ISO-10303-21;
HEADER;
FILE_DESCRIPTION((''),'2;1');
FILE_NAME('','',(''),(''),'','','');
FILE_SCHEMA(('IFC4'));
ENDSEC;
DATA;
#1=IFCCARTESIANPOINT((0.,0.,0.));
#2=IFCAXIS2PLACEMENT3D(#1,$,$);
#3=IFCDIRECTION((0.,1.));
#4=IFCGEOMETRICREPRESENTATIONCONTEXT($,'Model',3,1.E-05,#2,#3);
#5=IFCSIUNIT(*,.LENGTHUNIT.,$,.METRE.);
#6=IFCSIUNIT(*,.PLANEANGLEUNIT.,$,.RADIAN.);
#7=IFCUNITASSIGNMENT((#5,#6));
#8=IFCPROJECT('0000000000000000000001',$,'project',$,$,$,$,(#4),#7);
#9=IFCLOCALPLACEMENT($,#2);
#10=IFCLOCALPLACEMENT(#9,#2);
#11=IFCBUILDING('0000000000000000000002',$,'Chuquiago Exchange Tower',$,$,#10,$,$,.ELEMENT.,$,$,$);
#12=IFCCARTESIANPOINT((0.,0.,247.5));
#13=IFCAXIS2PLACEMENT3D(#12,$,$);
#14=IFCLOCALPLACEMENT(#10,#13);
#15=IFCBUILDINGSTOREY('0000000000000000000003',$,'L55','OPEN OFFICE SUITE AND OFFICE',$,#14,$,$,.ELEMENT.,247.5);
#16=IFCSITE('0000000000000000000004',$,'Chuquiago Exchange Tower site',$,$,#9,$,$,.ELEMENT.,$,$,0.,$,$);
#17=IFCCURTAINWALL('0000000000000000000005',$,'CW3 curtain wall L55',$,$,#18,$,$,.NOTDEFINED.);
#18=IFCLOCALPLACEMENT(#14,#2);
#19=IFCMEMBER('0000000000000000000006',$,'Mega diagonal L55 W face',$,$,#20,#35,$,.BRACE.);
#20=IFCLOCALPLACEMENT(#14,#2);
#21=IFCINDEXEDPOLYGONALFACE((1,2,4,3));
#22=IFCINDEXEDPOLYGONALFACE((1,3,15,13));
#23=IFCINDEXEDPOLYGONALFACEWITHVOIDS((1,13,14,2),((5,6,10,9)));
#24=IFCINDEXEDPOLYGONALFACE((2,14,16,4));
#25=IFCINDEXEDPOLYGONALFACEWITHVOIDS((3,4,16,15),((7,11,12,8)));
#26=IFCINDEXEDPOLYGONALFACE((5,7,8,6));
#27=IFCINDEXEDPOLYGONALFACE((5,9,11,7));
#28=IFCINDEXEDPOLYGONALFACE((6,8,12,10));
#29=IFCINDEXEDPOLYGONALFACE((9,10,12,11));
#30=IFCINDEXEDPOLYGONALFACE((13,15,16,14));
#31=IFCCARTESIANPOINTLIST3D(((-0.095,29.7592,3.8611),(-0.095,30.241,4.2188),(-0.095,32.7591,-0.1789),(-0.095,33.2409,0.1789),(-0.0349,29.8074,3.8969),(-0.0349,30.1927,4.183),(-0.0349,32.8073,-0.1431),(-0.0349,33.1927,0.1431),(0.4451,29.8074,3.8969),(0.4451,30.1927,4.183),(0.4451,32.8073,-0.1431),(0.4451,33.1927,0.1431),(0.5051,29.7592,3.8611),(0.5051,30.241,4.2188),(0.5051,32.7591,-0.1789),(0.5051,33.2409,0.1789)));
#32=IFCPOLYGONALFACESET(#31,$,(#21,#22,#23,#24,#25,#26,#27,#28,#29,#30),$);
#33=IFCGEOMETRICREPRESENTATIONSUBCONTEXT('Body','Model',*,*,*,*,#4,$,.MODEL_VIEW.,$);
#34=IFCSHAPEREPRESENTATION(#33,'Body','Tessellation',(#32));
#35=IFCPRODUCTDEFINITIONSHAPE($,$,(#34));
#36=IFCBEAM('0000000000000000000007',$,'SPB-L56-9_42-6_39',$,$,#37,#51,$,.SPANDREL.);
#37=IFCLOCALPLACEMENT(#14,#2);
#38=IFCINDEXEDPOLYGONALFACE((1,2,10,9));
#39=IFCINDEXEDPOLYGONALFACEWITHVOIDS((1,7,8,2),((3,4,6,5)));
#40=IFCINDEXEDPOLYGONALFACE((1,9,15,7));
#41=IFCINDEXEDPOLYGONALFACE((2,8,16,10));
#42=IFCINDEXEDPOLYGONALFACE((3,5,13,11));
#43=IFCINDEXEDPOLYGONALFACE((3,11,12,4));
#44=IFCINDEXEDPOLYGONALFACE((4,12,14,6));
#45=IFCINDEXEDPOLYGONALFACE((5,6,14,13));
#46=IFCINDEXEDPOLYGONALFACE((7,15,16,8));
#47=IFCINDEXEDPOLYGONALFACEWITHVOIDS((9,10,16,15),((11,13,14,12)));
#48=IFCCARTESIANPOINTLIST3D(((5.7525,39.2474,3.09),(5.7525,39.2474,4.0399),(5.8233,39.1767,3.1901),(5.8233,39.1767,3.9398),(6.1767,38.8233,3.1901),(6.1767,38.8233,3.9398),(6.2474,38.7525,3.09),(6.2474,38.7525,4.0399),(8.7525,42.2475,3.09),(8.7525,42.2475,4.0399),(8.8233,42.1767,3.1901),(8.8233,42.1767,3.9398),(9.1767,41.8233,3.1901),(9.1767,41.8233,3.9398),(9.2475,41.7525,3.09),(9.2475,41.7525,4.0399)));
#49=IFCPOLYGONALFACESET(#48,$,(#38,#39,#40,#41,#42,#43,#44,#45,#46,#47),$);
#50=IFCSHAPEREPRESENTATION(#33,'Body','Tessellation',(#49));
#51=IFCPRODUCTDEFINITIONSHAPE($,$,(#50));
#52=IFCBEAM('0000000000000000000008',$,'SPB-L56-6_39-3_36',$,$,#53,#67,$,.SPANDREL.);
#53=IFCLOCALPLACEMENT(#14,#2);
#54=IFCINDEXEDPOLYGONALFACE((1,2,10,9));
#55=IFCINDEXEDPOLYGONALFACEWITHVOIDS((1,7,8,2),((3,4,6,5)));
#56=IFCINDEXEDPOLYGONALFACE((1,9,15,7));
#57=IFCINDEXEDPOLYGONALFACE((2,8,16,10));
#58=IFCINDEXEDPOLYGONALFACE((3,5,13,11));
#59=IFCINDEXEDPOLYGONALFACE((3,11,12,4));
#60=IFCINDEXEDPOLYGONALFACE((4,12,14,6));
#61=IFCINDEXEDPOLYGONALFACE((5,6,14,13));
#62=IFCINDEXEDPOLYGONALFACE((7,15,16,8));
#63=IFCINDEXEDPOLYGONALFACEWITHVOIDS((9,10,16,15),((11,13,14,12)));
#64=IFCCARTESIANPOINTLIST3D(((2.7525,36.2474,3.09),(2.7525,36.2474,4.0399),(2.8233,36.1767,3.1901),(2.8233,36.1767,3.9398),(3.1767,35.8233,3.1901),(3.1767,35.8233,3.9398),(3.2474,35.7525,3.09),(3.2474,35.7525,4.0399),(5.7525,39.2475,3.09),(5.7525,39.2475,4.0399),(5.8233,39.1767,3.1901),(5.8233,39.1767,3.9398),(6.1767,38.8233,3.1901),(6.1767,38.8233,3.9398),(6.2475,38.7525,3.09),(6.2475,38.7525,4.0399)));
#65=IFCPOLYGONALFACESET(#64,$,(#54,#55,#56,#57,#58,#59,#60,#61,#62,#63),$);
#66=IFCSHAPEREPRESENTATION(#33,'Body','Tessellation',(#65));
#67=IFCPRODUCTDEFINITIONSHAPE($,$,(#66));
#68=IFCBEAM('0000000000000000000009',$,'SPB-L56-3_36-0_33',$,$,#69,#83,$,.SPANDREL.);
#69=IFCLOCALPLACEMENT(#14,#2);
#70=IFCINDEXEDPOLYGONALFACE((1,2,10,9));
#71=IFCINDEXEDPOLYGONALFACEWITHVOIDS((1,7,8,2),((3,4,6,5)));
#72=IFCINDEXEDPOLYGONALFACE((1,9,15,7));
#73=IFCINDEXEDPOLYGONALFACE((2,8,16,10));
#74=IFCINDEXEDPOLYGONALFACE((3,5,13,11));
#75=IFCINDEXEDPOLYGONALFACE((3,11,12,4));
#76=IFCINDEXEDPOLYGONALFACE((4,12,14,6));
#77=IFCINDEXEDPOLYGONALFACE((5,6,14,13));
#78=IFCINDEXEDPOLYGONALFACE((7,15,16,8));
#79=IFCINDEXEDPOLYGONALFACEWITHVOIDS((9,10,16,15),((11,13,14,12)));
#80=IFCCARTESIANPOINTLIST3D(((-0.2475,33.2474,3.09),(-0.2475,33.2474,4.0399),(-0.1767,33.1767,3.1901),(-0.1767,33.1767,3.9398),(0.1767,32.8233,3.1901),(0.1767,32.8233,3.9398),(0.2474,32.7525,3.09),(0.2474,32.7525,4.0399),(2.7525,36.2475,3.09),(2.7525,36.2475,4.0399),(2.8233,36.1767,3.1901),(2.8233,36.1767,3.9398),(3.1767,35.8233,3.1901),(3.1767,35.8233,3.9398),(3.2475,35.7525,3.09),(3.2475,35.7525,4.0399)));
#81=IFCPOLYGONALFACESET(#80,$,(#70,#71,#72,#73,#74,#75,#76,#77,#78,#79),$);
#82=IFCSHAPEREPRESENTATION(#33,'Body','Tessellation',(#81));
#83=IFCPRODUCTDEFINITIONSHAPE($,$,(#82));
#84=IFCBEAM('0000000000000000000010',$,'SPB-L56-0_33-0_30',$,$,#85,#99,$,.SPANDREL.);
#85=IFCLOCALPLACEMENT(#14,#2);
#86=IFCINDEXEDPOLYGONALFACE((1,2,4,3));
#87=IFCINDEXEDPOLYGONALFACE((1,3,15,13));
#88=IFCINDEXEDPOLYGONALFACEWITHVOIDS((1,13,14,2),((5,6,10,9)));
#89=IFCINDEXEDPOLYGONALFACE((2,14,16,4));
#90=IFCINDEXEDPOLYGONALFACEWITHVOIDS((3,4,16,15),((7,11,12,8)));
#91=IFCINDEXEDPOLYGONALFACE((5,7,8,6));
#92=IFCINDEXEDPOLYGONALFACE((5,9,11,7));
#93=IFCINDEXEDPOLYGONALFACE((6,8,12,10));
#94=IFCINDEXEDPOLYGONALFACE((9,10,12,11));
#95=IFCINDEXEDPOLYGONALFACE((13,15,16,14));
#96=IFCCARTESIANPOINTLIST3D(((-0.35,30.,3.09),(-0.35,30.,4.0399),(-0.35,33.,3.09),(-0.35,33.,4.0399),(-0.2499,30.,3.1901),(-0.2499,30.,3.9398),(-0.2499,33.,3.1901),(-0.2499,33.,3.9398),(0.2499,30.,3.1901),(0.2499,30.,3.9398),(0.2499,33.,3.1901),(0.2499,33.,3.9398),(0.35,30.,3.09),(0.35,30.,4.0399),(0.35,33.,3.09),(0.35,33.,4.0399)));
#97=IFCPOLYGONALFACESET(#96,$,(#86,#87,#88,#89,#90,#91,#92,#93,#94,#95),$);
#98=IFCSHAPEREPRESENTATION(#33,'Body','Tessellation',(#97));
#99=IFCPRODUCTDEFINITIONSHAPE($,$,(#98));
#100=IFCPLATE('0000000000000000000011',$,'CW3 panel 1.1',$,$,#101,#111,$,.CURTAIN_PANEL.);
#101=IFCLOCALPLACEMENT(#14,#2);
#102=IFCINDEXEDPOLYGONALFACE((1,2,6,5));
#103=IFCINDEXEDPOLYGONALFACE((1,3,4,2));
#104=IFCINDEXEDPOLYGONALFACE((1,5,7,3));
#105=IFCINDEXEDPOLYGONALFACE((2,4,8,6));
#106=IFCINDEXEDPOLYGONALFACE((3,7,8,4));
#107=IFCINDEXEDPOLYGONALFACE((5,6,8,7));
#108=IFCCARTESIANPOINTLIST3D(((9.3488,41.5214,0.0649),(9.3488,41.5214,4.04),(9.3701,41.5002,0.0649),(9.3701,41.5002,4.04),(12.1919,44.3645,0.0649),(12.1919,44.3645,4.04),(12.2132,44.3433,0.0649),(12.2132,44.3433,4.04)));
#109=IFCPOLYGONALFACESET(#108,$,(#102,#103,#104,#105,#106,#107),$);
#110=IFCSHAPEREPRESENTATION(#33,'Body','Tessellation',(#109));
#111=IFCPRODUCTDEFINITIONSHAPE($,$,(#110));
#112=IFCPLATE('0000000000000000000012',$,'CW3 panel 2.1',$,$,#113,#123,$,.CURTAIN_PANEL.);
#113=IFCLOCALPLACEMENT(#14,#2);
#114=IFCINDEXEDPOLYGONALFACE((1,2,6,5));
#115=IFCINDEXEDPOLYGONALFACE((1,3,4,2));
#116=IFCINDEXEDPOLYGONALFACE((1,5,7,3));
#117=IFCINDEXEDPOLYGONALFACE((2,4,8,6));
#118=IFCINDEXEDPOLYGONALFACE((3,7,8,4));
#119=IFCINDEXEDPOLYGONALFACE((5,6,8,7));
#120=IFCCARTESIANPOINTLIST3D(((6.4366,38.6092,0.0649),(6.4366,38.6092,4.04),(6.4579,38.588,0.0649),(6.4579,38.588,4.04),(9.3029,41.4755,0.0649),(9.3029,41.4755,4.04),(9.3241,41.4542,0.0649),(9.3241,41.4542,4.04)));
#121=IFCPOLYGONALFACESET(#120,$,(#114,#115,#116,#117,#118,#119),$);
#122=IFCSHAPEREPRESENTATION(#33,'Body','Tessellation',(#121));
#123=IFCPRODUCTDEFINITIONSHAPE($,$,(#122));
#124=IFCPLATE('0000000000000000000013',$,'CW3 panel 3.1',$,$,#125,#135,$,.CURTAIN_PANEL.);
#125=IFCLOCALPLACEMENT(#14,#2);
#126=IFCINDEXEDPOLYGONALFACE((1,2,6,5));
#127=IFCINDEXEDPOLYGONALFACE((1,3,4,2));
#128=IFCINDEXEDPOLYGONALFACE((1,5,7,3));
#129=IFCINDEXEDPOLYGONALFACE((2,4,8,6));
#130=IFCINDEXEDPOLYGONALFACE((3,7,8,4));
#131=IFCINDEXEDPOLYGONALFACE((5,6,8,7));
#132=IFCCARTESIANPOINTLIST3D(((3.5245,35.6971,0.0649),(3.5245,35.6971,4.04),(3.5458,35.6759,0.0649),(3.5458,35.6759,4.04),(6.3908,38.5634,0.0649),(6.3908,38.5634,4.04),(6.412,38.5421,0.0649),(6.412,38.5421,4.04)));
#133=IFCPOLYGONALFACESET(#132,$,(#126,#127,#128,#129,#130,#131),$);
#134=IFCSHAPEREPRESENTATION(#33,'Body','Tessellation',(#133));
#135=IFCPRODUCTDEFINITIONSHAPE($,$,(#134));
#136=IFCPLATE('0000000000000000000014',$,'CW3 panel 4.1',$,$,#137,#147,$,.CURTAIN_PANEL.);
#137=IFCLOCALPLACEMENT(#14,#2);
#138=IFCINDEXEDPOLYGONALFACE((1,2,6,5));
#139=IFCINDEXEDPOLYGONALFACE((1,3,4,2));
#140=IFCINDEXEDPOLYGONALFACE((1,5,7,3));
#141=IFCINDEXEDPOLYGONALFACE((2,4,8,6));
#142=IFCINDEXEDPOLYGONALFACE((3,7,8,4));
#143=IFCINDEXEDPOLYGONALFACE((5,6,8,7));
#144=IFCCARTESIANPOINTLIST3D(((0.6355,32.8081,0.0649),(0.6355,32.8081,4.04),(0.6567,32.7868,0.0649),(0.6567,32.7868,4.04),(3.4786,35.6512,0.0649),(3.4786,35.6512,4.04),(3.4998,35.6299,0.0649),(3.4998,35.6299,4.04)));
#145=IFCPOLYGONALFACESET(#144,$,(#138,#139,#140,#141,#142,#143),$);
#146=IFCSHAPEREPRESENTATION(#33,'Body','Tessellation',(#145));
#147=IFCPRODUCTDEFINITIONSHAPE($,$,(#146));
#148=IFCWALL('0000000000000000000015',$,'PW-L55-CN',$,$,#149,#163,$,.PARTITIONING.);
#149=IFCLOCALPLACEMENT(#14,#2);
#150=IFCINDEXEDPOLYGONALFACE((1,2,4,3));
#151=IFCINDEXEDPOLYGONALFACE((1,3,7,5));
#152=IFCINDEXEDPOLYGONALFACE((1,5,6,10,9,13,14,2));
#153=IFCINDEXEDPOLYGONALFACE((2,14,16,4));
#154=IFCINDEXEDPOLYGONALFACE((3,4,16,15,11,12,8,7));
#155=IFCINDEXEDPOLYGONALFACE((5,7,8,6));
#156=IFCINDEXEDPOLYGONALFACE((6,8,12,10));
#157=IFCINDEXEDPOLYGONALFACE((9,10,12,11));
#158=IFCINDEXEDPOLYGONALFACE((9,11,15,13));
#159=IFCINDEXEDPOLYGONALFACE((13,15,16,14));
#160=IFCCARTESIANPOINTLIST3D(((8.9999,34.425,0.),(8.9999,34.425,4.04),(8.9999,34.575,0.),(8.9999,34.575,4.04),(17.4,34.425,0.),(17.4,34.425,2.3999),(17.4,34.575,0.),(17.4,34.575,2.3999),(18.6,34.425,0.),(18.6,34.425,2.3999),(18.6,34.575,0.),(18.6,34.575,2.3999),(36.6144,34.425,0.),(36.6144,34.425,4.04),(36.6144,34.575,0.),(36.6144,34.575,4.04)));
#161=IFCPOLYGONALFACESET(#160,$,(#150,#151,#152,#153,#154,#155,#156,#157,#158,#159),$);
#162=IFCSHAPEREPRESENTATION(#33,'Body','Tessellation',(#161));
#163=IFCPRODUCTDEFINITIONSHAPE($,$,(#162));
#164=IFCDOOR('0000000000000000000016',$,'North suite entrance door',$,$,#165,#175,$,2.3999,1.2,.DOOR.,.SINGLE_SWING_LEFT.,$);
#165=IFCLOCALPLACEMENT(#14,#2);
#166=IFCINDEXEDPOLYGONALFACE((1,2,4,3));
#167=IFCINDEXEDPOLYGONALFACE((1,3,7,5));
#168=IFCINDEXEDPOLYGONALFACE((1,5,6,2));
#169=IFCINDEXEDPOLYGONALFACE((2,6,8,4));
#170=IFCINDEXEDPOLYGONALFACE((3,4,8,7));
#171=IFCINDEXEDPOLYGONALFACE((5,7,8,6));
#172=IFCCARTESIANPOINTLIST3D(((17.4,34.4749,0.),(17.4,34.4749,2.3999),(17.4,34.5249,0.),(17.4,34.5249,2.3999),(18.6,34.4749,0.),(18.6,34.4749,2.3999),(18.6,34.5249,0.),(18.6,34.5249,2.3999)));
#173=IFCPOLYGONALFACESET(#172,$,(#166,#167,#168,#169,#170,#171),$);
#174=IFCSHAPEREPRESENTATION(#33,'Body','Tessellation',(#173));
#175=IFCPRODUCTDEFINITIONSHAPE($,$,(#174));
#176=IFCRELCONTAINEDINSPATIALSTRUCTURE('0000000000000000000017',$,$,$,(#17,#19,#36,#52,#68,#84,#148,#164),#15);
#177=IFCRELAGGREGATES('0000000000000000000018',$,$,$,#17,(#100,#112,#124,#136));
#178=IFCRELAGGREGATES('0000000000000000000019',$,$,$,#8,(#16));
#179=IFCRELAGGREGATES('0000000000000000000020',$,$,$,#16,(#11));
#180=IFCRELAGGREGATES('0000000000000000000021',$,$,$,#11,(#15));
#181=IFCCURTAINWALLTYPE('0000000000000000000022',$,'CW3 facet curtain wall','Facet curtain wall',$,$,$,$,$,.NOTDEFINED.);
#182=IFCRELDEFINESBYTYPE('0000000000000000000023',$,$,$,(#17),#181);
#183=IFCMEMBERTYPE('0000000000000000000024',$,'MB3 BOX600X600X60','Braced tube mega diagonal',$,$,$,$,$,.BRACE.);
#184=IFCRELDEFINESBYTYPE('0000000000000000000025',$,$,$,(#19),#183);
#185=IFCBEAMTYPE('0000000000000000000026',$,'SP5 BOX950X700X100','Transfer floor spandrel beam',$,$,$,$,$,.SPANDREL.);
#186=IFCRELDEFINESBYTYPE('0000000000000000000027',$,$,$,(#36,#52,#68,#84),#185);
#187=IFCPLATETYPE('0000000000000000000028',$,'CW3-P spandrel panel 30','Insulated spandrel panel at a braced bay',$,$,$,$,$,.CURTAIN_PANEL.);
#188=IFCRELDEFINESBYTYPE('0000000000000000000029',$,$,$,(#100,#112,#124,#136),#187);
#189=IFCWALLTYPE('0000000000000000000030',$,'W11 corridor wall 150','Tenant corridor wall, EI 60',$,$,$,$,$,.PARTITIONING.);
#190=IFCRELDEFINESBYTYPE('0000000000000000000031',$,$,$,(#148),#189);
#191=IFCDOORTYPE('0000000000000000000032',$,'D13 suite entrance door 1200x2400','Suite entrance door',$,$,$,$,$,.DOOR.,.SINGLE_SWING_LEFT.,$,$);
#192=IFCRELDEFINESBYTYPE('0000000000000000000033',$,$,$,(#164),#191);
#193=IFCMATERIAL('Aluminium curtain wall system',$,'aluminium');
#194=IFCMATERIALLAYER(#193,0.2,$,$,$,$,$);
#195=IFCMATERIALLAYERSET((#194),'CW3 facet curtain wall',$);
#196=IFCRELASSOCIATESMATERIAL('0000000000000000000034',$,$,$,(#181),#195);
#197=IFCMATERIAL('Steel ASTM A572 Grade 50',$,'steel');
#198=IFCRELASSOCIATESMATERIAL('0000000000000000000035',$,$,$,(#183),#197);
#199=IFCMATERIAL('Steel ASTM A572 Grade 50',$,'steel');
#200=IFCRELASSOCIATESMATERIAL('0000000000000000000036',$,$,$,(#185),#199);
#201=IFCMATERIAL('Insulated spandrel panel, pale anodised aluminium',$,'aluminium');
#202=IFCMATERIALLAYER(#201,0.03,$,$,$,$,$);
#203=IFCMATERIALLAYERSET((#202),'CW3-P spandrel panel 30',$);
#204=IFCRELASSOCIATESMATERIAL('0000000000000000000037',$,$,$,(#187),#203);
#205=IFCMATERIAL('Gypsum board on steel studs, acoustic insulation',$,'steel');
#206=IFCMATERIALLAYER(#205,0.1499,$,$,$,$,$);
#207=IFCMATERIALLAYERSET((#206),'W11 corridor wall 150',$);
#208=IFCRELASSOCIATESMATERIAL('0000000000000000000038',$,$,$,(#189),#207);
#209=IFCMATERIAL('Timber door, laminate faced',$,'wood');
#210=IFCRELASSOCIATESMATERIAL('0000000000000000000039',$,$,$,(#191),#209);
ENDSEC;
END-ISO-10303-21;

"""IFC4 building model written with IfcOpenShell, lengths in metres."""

from ifc_helpers import new_model, si_unit, direction, frame, frame_2d, origin, origin_2d, place, context, subcontext, project, spatial, rectangle, hollow_rectangle, extrude, material, layer, layer_set, material_profile, profile_set, type_object, element, fill, aggregate, save


model = new_model("IFC4")

# Units and contexts
model_context = context("Model", 3, precision=1e-05, world=origin(), true_north=direction((0.0, 1.0)))
body_context = subcontext(model_context, "Body", "Model", "MODEL_VIEW")
ifc_project = project(units=[si_unit("LENGTHUNIT", "METRE"), si_unit("PLANEANGLEUNIT", "RADIAN")], contexts=[model_context])

# Site, building, storey
site_placement = place(None, origin())
site = spatial("IfcSite", under=ifc_project, at=site_placement, Name="Chuquiago Exchange Tower site", CompositionType="ELEMENT", RefElevation=0.0)
building_placement = place(site_placement, origin())
building = spatial("IfcBuilding", under=site, at=building_placement, Name="Chuquiago Exchange Tower", CompositionType="ELEMENT")
storey_placement = place(building_placement, frame((0.0, 0.0, 247.5)))
storey = spatial("IfcBuildingStorey", under=building, at=storey_placement, Name="L55", Description="OPEN OFFICE SUITE AND OFFICE", CompositionType="ELEMENT", Elevation=247.5)

# Curtain wall
ifc_material_1 = material(Name="Aluminium curtain wall system", Category="aluminium")
ifc_layer_1 = layer(ifc_material_1, 0.2)
ifc_layer_set_1 = layer_set([ifc_layer_1], Name="CW3 facet curtain wall")
curtain_wall_type = type_object("IfcCurtainWallType", Name="CW3 facet curtain wall", Description="Facet curtain wall", PredefinedType="NOTDEFINED", material=ifc_layer_set_1)
curtain_wall_placement = place(storey_placement, origin())
curtain_wall = element("IfcCurtainWall", 1, at=curtain_wall_placement, inside=storey, type_object=curtain_wall_type, Name="CW3 curtain wall L55", PredefinedType="NOTDEFINED")

# Member
ifc_material_2 = material(Name="Steel ASTM A572 Grade 50", Category="steel")
ifc_material_profile_1 = material_profile(ifc_material_2, hollow_rectangle(XDim=0.6001, YDim=0.6001, WallThickness=0.0601, at=origin_2d()), Name="BOX600X600X60")
ifc_profile_set_1 = profile_set([ifc_material_profile_1], Name="Steel ASTM A572 Grade 50")
member_type_1 = type_object("IfcMemberType", Name="MB3 BOX600X600X60", Description="Braced tube mega diagonal", PredefinedType="BRACE", material=ifc_profile_set_1)
member_1_placement = place(storey_placement, frame((0.2051, 33.0, 0.0), z_axis=(0.0, -0.596174, 0.802855), x_axis=(1.0, 0.0, 0.0)))
element("IfcMember", 2, at=member_1_placement, inside=storey, type_object=member_type_1, Name="Mega diagonal L55 W face", PredefinedType="BRACE", context=body_context, shape_type="SweptSolid", body=[
    extrude(hollow_rectangle(XDim=0.6001, YDim=0.6001, WallThickness=0.0601, at=origin_2d()), origin(), (0.0, 0.0, 1.0), 5.032),
])

# Beams
ifc_material_3 = material(Name="Steel ASTM A572 Grade 50", Category="steel")
ifc_material_profile_2 = material_profile(ifc_material_3, hollow_rectangle(XDim=0.7, YDim=0.95, WallThickness=0.1001, at=origin_2d()), Name="BOX950X700X100")
ifc_profile_set_2 = profile_set([ifc_material_profile_2], Name="Steel ASTM A572 Grade 50")
beam_type_1 = type_object("IfcBeamType", Name="SP5 BOX950X700X100", Description="Transfer floor spandrel beam", PredefinedType="SPANDREL", material=ifc_profile_set_2)
for number, where, z_axis, x_axis, name in (
    (3, (9.0, 42.0, 3.5649), (-0.707107, -0.707107, 0.0), (0.707107, -0.707107, 0.0), "SPB-L56-9_42-6_39"),
    (4, (6.0, 39.0, 3.5649), (-0.707107, -0.707107, 0.0), (0.707107, -0.707107, 0.0), "SPB-L56-6_39-3_36"),
    (5, (3.0, 36.0, 3.5649), (-0.707107, -0.707107, 0.0), (0.707107, -0.707107, 0.0), "SPB-L56-3_36-0_33"),
):
    element("IfcBeam", number, at=place(storey_placement, frame(where, z_axis=z_axis, x_axis=x_axis)), inside=storey, type_object=beam_type_1, Name=name, PredefinedType="SPANDREL", context=body_context, shape_type="SweptSolid", body=[
        extrude(hollow_rectangle(XDim=0.7, YDim=0.95, WallThickness=0.1001, at=origin_2d()), origin(), (0.0, 0.0, 1.0), 4.2427),
    ])
beam_1_placement = place(storey_placement, frame((0.0, 33.0, 3.5649), z_axis=(0.0, -1.0, 0.0), x_axis=(1.0, 0.0, 0.0)))
element("IfcBeam", 6, at=beam_1_placement, inside=storey, type_object=beam_type_1, Name="SPB-L56-0_33-0_30", PredefinedType="SPANDREL", context=body_context, shape_type="SweptSolid", body=[
    extrude(hollow_rectangle(XDim=0.7, YDim=0.95, WallThickness=0.1001, at=origin_2d()), origin(), (0.0, 0.0, 1.0), 3.0),
])

# Plates
ifc_material_4 = material(Name="Insulated spandrel panel, pale anodised aluminium", Category="aluminium")
ifc_layer_2 = layer(ifc_material_4, 0.03)
ifc_layer_set_2 = layer_set([ifc_layer_2], Name="CW3-P spandrel panel 30")
plate_type = type_object("IfcPlateType", Name="CW3-P spandrel panel 30", Description="Insulated spandrel panel at a braced bay", PredefinedType="CURTAIN_PANEL", material=ifc_layer_set_2)
plate_1_placement = place(storey_placement, frame((10.781, 42.9324, 0.0649), z_axis=(0.0, 0.0, 1.0), x_axis=(-0.707107, -0.707107, 0.0)))
plate_1 = element("IfcPlate", 7, at=plate_1_placement, type_object=plate_type, Name="CW3 panel 1.1", PredefinedType="CURTAIN_PANEL", context=body_context, shape_type="SweptSolid", body=[
    extrude(rectangle(XDim=4.0208, YDim=0.03, at=origin_2d()), origin(), (0.0, 0.0, 1.0), 3.9751),
])
plate_2_placement = place(storey_placement, frame((7.8804, 40.0317, 0.0649), z_axis=(0.0, 0.0, 1.0), x_axis=(-0.707107, -0.707107, 0.0)))
plate_2 = element("IfcPlate", 8, at=plate_2_placement, type_object=plate_type, Name="CW3 panel 2.1", PredefinedType="CURTAIN_PANEL", context=body_context, shape_type="SweptSolid", body=[
    extrude(rectangle(XDim=4.0535, YDim=0.03, at=origin_2d()), origin(), (0.0, 0.0, 1.0), 3.9751),
])
plate_3_placement = place(storey_placement, frame((4.9683, 37.1196, 0.0649), z_axis=(0.0, 0.0, 1.0), x_axis=(-0.707107, -0.707107, 0.0)))
plate_3 = element("IfcPlate", 9, at=plate_3_placement, type_object=plate_type, Name="CW3 panel 3.1", PredefinedType="CURTAIN_PANEL", context=body_context, shape_type="SweptSolid", body=[
    extrude(rectangle(XDim=4.0535, YDim=0.03, at=origin_2d()), origin(), (0.0, 0.0, 1.0), 3.9751),
])
plate_4_placement = place(storey_placement, frame((2.0676, 34.219, 0.0649), z_axis=(0.0, 0.0, 1.0), x_axis=(-0.707107, -0.707107, 0.0)))
plate_4 = element("IfcPlate", 10, at=plate_4_placement, type_object=plate_type, Name="CW3 panel 4.1", PredefinedType="CURTAIN_PANEL", context=body_context, shape_type="SweptSolid", body=[
    extrude(rectangle(XDim=4.0208, YDim=0.03, at=origin_2d()), origin(), (0.0, 0.0, 1.0), 3.9751),
])
aggregate(curtain_wall, [plate_1, plate_2, plate_3, plate_4])

# Wall, opening, door
ifc_material_5 = material(Name="Gypsum board on steel studs, acoustic insulation", Category="steel")
ifc_layer_3 = layer(ifc_material_5, 0.1499)
ifc_layer_set_3 = layer_set([ifc_layer_3], Name="W11 corridor wall 150")
wall_type = type_object("IfcWallType", Name="W11 corridor wall 150", Description="Tenant corridor wall, EI 60", PredefinedType="PARTITIONING", material=ifc_layer_set_3)
wall_placement = place(storey_placement, frame((9.0, 34.5, 0.0), z_axis=(0.0, 0.0, 1.0), x_axis=(1.0, 0.0, 0.0)))
wall = element("IfcWall", 11, at=wall_placement, inside=storey, type_object=wall_type, Name="PW-L55-CN", PredefinedType="PARTITIONING", context=body_context, shape_type="SweptSolid", body=[
    extrude(rectangle(XDim=27.6145, YDim=0.1499, at=frame_2d((13.8071, 0.0))), origin(), (0.0, 0.0, 1.0), 4.04),
])
opening_placement = place(wall_placement, frame((8.3999, 0.0, 0.0)))
opening = element("IfcOpeningElement", 12, at=opening_placement, cuts=wall, PredefinedType="OPENING", context=body_context, shape_type="SweptSolid", body=[
    extrude(rectangle(XDim=1.2, YDim=2.3999, at=frame_2d((0.6001, 1.2))), frame((0.0, 0.085, 0.0), z_axis=(0.0, -1.0, 0.0), x_axis=(1.0, 0.0, 0.0)), (0.0, 0.0, 1.0), 0.1699),
])
ifc_material_6 = material(Name="Timber door, laminate faced", Category="wood")
door_type = type_object("IfcDoorType", Name="D13 suite entrance door 1200x2400", Description="Suite entrance door", OperationType="SINGLE_SWING_LEFT", PredefinedType="DOOR", material=ifc_material_6)
door_placement = place(opening_placement, origin())
door = element("IfcDoor", 13, at=door_placement, inside=storey, type_object=door_type, Name="North suite entrance door", OperationType="SINGLE_SWING_LEFT", OverallHeight=2.3999, OverallWidth=1.2, PredefinedType="DOOR", context=body_context, shape_type="SweptSolid", body=[
    extrude(rectangle(XDim=1.2, YDim=2.3999, at=frame_2d((0.6001, 1.2))), frame((0.0, 0.0249, 0.0), z_axis=(0.0, -1.0, 0.0), x_axis=(1.0, 0.0, 0.0)), (0.0, 0.0, 1.0), 0.05),
])
fill(opening, door)

save(model, "model.ifc")
